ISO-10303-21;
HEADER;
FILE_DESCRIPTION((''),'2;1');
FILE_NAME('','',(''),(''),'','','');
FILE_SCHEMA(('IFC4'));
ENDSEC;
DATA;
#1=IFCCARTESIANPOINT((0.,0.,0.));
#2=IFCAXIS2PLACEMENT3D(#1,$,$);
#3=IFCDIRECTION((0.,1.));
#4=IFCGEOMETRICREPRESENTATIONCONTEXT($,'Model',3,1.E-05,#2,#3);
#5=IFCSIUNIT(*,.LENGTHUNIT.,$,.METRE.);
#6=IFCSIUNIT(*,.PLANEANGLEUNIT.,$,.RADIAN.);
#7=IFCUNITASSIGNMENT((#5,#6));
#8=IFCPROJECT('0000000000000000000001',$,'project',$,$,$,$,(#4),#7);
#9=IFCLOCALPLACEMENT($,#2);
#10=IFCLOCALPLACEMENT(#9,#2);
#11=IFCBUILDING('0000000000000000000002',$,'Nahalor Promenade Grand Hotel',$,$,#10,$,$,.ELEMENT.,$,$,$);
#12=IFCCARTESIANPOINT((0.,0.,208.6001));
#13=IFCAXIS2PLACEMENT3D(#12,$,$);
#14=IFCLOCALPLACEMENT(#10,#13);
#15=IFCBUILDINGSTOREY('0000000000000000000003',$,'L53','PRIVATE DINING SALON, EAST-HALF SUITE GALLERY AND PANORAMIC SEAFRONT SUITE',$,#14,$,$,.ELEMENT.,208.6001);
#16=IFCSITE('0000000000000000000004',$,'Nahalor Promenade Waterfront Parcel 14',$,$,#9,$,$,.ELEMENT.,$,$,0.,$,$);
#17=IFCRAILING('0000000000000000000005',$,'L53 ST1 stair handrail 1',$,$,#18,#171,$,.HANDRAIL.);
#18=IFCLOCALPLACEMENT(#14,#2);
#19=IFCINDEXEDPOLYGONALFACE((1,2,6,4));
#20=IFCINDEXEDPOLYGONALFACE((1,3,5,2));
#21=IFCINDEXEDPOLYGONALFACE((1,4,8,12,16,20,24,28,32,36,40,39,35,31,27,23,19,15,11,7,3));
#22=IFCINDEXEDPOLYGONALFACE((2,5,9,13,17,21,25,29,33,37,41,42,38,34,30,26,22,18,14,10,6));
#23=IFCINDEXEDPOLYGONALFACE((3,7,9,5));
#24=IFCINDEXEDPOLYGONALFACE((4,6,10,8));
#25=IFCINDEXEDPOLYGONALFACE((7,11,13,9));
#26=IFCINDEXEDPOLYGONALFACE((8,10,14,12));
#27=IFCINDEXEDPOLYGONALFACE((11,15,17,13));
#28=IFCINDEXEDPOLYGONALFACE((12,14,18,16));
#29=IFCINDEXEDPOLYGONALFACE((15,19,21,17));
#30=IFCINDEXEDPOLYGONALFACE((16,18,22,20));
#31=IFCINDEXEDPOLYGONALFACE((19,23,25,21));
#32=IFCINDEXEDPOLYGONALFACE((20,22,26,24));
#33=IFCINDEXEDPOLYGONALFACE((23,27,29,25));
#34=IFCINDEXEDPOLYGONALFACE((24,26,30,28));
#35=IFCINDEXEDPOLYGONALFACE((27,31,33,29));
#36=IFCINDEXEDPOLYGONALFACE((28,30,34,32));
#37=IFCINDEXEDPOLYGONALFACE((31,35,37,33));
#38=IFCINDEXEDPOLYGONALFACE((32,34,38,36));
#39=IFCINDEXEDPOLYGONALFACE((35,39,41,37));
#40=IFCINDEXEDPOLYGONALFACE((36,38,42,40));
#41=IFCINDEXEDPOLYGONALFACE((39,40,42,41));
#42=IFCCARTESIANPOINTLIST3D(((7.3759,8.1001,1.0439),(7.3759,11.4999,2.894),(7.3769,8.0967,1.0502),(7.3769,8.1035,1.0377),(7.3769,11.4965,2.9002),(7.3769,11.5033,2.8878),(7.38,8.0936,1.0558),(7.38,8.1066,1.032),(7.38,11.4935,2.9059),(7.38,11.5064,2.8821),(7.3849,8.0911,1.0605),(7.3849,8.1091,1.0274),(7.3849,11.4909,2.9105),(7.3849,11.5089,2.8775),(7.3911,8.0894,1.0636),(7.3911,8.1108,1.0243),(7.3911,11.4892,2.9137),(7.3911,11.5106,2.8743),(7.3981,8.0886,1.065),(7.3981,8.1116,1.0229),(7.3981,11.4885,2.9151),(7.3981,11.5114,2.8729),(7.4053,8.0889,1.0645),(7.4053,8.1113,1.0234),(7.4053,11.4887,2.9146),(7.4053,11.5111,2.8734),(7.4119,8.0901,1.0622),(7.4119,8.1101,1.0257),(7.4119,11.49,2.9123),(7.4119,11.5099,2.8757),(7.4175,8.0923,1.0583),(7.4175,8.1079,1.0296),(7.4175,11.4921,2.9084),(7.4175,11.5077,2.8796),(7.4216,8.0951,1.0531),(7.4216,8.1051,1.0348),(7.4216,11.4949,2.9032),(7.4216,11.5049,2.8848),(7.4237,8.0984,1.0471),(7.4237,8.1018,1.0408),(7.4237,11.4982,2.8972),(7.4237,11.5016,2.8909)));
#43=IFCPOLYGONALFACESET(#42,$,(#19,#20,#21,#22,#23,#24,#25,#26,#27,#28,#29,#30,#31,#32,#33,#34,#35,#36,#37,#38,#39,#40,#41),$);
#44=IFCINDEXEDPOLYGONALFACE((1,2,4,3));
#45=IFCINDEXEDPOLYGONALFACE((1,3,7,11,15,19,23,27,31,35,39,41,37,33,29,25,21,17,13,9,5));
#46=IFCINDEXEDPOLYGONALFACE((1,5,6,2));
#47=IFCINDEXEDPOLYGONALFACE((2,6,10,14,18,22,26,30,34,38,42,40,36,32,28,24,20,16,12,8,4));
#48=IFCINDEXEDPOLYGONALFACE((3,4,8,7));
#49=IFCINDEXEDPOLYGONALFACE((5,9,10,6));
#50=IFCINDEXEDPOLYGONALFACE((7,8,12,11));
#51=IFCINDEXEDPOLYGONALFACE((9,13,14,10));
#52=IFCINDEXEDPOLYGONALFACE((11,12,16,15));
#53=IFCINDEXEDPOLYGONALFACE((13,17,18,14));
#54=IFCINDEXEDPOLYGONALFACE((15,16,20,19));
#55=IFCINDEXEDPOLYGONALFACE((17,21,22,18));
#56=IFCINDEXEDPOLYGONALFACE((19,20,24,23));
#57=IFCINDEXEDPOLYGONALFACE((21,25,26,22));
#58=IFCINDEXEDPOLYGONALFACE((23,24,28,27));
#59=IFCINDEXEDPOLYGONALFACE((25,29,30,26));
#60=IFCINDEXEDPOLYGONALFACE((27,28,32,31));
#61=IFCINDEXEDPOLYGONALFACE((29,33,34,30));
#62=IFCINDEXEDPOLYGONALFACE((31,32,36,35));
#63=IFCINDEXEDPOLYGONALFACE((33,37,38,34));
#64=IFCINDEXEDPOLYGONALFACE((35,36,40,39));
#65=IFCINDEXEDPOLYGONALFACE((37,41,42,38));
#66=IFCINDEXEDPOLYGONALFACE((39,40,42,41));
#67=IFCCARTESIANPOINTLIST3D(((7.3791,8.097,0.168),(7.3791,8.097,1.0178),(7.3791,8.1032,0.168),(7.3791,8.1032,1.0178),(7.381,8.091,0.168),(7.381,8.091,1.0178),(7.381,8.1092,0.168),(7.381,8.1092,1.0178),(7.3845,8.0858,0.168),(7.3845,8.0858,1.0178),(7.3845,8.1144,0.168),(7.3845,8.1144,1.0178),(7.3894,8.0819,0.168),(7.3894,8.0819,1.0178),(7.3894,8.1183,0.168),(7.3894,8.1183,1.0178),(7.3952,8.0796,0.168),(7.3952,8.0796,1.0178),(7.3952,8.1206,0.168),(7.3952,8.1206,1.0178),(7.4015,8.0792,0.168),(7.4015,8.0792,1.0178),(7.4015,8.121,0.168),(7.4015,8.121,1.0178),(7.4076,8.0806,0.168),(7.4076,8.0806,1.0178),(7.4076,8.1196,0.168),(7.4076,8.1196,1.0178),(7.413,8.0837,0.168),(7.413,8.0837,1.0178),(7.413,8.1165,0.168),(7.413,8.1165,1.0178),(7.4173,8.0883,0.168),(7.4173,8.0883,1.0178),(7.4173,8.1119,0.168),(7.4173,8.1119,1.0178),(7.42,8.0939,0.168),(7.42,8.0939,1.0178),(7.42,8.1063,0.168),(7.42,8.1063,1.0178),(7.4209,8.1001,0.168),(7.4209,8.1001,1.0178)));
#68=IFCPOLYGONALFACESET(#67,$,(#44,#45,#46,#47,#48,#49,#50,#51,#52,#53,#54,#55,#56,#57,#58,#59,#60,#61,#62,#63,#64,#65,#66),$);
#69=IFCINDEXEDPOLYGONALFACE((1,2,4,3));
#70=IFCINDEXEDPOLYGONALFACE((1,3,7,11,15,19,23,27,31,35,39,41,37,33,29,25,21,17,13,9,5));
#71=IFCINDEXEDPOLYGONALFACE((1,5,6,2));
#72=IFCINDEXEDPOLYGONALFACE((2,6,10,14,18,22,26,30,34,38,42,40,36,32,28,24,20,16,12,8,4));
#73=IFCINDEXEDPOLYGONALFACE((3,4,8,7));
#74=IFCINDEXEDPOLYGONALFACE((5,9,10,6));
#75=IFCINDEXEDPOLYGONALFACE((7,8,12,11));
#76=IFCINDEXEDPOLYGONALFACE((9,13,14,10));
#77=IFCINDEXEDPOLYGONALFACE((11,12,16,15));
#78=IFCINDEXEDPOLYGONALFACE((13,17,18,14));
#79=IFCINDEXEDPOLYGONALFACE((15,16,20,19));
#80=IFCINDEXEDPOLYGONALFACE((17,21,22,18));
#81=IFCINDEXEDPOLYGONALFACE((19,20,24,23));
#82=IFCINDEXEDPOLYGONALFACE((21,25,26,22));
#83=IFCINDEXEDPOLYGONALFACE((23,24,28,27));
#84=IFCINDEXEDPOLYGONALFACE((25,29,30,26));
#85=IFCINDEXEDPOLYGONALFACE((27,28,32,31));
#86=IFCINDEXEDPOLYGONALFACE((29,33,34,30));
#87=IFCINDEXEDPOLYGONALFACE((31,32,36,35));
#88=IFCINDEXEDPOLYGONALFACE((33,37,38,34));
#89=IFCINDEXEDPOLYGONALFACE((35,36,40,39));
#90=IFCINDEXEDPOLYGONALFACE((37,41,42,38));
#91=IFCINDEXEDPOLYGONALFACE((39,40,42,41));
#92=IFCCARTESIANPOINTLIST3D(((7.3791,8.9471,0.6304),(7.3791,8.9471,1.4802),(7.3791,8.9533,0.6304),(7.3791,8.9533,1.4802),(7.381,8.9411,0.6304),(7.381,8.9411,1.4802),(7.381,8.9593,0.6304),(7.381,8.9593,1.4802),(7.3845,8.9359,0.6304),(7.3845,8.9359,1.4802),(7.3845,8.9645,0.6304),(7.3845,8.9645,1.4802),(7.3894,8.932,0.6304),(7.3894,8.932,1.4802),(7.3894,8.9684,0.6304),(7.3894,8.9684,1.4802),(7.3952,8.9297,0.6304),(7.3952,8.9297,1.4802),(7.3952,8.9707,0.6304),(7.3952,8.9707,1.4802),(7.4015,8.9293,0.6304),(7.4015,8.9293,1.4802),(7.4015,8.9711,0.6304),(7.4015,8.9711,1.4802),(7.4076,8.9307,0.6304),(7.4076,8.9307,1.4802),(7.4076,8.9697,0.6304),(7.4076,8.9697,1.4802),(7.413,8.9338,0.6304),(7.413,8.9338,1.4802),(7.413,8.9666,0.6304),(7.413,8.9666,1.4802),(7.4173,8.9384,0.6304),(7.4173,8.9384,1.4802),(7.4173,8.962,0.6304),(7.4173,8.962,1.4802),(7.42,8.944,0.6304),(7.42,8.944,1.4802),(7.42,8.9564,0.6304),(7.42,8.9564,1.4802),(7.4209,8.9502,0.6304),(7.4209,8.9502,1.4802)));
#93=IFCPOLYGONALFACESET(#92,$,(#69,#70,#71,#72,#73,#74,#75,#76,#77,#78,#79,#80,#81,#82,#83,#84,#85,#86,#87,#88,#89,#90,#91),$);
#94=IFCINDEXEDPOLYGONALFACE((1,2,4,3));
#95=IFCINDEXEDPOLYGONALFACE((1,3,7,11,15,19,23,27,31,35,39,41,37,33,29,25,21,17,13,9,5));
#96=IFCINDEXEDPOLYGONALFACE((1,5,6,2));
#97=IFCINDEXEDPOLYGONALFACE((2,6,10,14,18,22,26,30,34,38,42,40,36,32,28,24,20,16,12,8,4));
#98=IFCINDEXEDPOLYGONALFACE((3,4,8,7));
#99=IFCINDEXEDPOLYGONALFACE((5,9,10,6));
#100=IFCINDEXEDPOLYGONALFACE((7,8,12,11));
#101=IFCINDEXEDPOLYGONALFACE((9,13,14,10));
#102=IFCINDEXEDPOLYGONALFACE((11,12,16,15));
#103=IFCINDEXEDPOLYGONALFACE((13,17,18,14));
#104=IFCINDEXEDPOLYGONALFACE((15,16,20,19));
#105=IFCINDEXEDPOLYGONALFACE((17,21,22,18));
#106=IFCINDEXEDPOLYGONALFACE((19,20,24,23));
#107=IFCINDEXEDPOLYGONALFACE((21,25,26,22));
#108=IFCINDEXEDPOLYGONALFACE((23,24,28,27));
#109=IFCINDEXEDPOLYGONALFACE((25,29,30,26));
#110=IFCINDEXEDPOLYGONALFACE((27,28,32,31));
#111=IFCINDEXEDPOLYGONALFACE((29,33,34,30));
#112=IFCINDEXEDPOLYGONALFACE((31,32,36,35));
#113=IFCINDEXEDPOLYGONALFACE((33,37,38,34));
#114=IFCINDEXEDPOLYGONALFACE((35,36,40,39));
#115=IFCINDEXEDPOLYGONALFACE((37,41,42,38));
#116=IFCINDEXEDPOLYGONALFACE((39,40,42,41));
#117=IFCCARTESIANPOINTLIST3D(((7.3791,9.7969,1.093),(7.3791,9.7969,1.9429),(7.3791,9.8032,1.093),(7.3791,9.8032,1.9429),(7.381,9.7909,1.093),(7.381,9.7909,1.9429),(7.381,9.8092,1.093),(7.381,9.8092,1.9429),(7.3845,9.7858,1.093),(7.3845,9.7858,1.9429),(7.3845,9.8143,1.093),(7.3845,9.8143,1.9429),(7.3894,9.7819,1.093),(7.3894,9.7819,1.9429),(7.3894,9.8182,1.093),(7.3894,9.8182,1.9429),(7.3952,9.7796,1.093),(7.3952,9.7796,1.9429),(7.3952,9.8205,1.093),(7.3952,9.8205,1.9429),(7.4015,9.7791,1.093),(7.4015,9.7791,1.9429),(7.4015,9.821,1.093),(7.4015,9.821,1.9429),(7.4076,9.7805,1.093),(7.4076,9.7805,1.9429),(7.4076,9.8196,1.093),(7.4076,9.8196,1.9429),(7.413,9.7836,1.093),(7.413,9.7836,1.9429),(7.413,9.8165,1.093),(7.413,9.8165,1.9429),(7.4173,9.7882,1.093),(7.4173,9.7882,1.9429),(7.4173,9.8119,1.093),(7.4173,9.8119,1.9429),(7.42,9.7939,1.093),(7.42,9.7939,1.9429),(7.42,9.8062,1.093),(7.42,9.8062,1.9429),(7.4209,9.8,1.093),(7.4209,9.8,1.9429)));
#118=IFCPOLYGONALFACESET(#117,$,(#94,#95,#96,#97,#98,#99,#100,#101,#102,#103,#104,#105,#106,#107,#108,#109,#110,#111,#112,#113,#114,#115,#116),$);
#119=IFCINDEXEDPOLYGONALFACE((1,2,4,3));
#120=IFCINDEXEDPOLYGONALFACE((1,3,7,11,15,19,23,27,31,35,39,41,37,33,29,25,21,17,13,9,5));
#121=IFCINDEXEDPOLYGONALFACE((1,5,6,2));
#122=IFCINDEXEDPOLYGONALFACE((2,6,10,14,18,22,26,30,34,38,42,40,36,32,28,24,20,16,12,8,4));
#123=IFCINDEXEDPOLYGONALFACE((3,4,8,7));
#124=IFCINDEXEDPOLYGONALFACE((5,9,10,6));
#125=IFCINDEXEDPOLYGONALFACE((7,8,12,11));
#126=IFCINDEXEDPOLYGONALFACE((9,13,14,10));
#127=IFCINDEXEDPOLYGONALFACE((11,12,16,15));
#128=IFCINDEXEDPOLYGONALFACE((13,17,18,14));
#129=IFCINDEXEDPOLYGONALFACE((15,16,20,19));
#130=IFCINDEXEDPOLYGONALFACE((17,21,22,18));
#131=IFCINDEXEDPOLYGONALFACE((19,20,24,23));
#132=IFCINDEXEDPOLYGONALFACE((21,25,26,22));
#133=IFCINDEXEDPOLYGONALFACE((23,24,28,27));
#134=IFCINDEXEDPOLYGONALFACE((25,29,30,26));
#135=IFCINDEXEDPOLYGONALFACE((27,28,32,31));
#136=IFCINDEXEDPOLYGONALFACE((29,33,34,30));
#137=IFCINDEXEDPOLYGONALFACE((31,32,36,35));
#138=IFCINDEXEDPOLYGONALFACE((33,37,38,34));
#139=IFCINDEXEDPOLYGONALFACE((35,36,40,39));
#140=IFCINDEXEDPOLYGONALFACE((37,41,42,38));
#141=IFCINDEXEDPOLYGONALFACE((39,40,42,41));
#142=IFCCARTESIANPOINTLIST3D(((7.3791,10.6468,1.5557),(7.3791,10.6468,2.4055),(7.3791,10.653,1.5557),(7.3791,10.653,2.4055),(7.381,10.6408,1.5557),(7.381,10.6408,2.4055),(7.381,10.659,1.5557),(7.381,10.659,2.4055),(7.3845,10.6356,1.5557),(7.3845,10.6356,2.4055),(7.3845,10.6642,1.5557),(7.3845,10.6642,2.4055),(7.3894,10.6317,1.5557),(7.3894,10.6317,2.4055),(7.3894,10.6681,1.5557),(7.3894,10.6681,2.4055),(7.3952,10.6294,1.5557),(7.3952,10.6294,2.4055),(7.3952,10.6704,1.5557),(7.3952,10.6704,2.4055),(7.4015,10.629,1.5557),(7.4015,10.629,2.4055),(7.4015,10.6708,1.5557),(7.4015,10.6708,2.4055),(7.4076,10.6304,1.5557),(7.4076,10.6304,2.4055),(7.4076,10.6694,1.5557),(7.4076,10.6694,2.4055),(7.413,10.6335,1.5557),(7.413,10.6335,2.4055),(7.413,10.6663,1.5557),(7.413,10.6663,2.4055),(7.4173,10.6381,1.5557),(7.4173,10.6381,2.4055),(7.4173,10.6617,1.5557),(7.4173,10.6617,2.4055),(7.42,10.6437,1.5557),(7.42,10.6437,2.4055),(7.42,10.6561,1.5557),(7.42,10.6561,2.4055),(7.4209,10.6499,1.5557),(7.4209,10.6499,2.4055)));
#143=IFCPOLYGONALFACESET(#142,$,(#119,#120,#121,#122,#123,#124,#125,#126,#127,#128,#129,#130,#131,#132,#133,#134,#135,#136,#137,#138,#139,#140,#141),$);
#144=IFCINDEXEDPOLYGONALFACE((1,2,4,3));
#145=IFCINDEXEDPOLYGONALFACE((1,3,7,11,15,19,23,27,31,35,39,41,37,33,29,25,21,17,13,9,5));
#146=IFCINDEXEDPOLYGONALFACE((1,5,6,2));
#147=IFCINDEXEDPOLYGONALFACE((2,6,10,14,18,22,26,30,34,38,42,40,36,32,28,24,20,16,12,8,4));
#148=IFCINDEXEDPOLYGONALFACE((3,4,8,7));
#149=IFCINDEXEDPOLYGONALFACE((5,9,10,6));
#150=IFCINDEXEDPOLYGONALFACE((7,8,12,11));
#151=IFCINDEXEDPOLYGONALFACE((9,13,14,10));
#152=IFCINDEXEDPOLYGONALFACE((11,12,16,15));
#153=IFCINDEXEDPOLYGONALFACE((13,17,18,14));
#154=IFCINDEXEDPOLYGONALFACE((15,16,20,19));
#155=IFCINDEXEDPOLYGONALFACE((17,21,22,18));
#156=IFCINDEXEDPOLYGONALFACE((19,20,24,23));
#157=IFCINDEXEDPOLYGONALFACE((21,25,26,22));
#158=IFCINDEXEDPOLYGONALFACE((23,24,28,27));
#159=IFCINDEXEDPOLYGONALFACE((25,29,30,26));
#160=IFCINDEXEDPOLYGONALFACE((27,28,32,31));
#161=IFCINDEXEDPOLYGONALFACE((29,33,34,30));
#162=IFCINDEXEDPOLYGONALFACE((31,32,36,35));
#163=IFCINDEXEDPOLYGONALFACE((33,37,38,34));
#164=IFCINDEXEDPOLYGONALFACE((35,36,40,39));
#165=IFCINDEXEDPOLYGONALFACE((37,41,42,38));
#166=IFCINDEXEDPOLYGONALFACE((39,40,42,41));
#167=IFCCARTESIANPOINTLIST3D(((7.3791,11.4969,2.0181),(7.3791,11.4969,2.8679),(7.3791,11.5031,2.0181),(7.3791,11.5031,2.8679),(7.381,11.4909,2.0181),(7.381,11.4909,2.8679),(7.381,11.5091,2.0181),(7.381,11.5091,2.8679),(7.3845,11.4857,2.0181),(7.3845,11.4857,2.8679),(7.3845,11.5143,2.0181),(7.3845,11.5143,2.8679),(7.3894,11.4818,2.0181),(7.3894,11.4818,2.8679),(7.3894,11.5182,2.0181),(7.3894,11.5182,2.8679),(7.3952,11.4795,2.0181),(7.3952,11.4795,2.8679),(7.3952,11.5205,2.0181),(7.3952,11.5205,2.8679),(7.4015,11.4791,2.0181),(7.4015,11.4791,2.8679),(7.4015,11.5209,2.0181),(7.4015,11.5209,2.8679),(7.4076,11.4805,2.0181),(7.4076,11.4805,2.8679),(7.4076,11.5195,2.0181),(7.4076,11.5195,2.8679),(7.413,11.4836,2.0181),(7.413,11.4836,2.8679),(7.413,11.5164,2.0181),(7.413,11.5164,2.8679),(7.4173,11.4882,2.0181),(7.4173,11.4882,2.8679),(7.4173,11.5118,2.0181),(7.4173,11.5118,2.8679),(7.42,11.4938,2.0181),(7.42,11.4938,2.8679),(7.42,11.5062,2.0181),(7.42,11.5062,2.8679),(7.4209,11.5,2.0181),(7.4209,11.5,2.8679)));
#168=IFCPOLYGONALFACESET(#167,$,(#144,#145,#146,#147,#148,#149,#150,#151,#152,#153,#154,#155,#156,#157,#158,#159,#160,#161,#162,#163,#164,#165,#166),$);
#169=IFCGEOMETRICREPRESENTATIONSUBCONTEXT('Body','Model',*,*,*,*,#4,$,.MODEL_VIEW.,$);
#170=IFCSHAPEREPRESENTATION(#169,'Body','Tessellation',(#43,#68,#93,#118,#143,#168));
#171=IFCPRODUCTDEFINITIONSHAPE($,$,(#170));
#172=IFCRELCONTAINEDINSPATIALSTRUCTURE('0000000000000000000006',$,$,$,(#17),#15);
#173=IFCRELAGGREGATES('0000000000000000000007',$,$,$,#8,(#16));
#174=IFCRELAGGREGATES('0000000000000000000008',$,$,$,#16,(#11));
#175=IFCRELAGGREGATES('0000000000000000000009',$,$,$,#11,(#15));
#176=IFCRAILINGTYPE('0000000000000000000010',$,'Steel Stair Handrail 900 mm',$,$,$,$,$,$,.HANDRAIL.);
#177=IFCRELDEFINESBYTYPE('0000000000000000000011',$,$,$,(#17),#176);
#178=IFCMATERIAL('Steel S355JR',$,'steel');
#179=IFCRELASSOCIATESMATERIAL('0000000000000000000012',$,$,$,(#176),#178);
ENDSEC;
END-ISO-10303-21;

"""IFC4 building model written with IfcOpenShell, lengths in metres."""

from ifc_helpers import new_model, si_unit, direction, frame, origin, origin_2d, place, context, subcontext, project, spatial, circle, extrude, material, type_object, element, save


model = new_model("IFC4")

# Units and contexts
model_context = context("Model", 3, precision=1e-05, world=origin(), true_north=direction((0.0, 1.0)))
body_context = subcontext(model_context, "Body", "Model", "MODEL_VIEW")
ifc_project = project(units=[si_unit("LENGTHUNIT", "METRE"), si_unit("PLANEANGLEUNIT", "RADIAN")], contexts=[model_context])

# Site, building, storey
site_placement = place(None, origin())
site = spatial("IfcSite", under=ifc_project, at=site_placement, Name="Nahalor Promenade Waterfront Parcel 14", CompositionType="ELEMENT", RefElevation=0.0)
building_placement = place(site_placement, origin())
building = spatial("IfcBuilding", under=site, at=building_placement, Name="Nahalor Promenade Grand Hotel", CompositionType="ELEMENT")
storey_placement = place(building_placement, frame((0.0, 0.0, 208.6001)))
storey = spatial("IfcBuildingStorey", under=building, at=storey_placement, Name="L53", Description="PRIVATE DINING SALON, EAST-HALF SUITE GALLERY AND PANORAMIC SEAFRONT SUITE", CompositionType="ELEMENT", Elevation=208.6001)

# Shared definitions
ifc_material_1 = material(Name="Steel S355JR", Category="steel")

# Railing
railing_type_1 = type_object("IfcRailingType", Name="Steel Stair Handrail 900 mm", PredefinedType="HANDRAIL", material=ifc_material_1)
railing_1_placement = place(storey_placement, frame((7.3999, 8.1001, 0.168)))
element("IfcRailing", 1, at=railing_1_placement, inside=storey, type_object=railing_type_1, Name="L53 ST1 stair handrail 1", PredefinedType="HANDRAIL", context=body_context, shape_type="SweptSolid", body=[
    extrude(circle(Radius=0.024, at=origin_2d()), frame((0.0, 0.0, 0.876), z_axis=(0.0, 0.878372, 0.477977), x_axis=(-1.0, 0.0, 0.0)), (0.0, 0.0, 1.0), 3.8706),
    extrude(circle(Radius=0.021, at=origin_2d()), origin(), (0.0, 0.0, 1.0), 0.8499),
    extrude(circle(Radius=0.021, at=origin_2d()), frame((0.0, 0.8501, 0.4624)), (0.0, 0.0, 1.0), 0.8499),
    extrude(circle(Radius=0.021, at=origin_2d()), frame((0.0, 1.7, 0.925)), (0.0, 0.0, 1.0), 0.8499),
    extrude(circle(Radius=0.021, at=origin_2d()), frame((0.0, 2.5498, 1.3877)), (0.0, 0.0, 1.0), 0.8499),
    extrude(circle(Radius=0.021, at=origin_2d()), frame((0.0, 3.3999, 1.8501)), (0.0, 0.0, 1.0), 0.8499),
])

save(model, "model.ifc")
